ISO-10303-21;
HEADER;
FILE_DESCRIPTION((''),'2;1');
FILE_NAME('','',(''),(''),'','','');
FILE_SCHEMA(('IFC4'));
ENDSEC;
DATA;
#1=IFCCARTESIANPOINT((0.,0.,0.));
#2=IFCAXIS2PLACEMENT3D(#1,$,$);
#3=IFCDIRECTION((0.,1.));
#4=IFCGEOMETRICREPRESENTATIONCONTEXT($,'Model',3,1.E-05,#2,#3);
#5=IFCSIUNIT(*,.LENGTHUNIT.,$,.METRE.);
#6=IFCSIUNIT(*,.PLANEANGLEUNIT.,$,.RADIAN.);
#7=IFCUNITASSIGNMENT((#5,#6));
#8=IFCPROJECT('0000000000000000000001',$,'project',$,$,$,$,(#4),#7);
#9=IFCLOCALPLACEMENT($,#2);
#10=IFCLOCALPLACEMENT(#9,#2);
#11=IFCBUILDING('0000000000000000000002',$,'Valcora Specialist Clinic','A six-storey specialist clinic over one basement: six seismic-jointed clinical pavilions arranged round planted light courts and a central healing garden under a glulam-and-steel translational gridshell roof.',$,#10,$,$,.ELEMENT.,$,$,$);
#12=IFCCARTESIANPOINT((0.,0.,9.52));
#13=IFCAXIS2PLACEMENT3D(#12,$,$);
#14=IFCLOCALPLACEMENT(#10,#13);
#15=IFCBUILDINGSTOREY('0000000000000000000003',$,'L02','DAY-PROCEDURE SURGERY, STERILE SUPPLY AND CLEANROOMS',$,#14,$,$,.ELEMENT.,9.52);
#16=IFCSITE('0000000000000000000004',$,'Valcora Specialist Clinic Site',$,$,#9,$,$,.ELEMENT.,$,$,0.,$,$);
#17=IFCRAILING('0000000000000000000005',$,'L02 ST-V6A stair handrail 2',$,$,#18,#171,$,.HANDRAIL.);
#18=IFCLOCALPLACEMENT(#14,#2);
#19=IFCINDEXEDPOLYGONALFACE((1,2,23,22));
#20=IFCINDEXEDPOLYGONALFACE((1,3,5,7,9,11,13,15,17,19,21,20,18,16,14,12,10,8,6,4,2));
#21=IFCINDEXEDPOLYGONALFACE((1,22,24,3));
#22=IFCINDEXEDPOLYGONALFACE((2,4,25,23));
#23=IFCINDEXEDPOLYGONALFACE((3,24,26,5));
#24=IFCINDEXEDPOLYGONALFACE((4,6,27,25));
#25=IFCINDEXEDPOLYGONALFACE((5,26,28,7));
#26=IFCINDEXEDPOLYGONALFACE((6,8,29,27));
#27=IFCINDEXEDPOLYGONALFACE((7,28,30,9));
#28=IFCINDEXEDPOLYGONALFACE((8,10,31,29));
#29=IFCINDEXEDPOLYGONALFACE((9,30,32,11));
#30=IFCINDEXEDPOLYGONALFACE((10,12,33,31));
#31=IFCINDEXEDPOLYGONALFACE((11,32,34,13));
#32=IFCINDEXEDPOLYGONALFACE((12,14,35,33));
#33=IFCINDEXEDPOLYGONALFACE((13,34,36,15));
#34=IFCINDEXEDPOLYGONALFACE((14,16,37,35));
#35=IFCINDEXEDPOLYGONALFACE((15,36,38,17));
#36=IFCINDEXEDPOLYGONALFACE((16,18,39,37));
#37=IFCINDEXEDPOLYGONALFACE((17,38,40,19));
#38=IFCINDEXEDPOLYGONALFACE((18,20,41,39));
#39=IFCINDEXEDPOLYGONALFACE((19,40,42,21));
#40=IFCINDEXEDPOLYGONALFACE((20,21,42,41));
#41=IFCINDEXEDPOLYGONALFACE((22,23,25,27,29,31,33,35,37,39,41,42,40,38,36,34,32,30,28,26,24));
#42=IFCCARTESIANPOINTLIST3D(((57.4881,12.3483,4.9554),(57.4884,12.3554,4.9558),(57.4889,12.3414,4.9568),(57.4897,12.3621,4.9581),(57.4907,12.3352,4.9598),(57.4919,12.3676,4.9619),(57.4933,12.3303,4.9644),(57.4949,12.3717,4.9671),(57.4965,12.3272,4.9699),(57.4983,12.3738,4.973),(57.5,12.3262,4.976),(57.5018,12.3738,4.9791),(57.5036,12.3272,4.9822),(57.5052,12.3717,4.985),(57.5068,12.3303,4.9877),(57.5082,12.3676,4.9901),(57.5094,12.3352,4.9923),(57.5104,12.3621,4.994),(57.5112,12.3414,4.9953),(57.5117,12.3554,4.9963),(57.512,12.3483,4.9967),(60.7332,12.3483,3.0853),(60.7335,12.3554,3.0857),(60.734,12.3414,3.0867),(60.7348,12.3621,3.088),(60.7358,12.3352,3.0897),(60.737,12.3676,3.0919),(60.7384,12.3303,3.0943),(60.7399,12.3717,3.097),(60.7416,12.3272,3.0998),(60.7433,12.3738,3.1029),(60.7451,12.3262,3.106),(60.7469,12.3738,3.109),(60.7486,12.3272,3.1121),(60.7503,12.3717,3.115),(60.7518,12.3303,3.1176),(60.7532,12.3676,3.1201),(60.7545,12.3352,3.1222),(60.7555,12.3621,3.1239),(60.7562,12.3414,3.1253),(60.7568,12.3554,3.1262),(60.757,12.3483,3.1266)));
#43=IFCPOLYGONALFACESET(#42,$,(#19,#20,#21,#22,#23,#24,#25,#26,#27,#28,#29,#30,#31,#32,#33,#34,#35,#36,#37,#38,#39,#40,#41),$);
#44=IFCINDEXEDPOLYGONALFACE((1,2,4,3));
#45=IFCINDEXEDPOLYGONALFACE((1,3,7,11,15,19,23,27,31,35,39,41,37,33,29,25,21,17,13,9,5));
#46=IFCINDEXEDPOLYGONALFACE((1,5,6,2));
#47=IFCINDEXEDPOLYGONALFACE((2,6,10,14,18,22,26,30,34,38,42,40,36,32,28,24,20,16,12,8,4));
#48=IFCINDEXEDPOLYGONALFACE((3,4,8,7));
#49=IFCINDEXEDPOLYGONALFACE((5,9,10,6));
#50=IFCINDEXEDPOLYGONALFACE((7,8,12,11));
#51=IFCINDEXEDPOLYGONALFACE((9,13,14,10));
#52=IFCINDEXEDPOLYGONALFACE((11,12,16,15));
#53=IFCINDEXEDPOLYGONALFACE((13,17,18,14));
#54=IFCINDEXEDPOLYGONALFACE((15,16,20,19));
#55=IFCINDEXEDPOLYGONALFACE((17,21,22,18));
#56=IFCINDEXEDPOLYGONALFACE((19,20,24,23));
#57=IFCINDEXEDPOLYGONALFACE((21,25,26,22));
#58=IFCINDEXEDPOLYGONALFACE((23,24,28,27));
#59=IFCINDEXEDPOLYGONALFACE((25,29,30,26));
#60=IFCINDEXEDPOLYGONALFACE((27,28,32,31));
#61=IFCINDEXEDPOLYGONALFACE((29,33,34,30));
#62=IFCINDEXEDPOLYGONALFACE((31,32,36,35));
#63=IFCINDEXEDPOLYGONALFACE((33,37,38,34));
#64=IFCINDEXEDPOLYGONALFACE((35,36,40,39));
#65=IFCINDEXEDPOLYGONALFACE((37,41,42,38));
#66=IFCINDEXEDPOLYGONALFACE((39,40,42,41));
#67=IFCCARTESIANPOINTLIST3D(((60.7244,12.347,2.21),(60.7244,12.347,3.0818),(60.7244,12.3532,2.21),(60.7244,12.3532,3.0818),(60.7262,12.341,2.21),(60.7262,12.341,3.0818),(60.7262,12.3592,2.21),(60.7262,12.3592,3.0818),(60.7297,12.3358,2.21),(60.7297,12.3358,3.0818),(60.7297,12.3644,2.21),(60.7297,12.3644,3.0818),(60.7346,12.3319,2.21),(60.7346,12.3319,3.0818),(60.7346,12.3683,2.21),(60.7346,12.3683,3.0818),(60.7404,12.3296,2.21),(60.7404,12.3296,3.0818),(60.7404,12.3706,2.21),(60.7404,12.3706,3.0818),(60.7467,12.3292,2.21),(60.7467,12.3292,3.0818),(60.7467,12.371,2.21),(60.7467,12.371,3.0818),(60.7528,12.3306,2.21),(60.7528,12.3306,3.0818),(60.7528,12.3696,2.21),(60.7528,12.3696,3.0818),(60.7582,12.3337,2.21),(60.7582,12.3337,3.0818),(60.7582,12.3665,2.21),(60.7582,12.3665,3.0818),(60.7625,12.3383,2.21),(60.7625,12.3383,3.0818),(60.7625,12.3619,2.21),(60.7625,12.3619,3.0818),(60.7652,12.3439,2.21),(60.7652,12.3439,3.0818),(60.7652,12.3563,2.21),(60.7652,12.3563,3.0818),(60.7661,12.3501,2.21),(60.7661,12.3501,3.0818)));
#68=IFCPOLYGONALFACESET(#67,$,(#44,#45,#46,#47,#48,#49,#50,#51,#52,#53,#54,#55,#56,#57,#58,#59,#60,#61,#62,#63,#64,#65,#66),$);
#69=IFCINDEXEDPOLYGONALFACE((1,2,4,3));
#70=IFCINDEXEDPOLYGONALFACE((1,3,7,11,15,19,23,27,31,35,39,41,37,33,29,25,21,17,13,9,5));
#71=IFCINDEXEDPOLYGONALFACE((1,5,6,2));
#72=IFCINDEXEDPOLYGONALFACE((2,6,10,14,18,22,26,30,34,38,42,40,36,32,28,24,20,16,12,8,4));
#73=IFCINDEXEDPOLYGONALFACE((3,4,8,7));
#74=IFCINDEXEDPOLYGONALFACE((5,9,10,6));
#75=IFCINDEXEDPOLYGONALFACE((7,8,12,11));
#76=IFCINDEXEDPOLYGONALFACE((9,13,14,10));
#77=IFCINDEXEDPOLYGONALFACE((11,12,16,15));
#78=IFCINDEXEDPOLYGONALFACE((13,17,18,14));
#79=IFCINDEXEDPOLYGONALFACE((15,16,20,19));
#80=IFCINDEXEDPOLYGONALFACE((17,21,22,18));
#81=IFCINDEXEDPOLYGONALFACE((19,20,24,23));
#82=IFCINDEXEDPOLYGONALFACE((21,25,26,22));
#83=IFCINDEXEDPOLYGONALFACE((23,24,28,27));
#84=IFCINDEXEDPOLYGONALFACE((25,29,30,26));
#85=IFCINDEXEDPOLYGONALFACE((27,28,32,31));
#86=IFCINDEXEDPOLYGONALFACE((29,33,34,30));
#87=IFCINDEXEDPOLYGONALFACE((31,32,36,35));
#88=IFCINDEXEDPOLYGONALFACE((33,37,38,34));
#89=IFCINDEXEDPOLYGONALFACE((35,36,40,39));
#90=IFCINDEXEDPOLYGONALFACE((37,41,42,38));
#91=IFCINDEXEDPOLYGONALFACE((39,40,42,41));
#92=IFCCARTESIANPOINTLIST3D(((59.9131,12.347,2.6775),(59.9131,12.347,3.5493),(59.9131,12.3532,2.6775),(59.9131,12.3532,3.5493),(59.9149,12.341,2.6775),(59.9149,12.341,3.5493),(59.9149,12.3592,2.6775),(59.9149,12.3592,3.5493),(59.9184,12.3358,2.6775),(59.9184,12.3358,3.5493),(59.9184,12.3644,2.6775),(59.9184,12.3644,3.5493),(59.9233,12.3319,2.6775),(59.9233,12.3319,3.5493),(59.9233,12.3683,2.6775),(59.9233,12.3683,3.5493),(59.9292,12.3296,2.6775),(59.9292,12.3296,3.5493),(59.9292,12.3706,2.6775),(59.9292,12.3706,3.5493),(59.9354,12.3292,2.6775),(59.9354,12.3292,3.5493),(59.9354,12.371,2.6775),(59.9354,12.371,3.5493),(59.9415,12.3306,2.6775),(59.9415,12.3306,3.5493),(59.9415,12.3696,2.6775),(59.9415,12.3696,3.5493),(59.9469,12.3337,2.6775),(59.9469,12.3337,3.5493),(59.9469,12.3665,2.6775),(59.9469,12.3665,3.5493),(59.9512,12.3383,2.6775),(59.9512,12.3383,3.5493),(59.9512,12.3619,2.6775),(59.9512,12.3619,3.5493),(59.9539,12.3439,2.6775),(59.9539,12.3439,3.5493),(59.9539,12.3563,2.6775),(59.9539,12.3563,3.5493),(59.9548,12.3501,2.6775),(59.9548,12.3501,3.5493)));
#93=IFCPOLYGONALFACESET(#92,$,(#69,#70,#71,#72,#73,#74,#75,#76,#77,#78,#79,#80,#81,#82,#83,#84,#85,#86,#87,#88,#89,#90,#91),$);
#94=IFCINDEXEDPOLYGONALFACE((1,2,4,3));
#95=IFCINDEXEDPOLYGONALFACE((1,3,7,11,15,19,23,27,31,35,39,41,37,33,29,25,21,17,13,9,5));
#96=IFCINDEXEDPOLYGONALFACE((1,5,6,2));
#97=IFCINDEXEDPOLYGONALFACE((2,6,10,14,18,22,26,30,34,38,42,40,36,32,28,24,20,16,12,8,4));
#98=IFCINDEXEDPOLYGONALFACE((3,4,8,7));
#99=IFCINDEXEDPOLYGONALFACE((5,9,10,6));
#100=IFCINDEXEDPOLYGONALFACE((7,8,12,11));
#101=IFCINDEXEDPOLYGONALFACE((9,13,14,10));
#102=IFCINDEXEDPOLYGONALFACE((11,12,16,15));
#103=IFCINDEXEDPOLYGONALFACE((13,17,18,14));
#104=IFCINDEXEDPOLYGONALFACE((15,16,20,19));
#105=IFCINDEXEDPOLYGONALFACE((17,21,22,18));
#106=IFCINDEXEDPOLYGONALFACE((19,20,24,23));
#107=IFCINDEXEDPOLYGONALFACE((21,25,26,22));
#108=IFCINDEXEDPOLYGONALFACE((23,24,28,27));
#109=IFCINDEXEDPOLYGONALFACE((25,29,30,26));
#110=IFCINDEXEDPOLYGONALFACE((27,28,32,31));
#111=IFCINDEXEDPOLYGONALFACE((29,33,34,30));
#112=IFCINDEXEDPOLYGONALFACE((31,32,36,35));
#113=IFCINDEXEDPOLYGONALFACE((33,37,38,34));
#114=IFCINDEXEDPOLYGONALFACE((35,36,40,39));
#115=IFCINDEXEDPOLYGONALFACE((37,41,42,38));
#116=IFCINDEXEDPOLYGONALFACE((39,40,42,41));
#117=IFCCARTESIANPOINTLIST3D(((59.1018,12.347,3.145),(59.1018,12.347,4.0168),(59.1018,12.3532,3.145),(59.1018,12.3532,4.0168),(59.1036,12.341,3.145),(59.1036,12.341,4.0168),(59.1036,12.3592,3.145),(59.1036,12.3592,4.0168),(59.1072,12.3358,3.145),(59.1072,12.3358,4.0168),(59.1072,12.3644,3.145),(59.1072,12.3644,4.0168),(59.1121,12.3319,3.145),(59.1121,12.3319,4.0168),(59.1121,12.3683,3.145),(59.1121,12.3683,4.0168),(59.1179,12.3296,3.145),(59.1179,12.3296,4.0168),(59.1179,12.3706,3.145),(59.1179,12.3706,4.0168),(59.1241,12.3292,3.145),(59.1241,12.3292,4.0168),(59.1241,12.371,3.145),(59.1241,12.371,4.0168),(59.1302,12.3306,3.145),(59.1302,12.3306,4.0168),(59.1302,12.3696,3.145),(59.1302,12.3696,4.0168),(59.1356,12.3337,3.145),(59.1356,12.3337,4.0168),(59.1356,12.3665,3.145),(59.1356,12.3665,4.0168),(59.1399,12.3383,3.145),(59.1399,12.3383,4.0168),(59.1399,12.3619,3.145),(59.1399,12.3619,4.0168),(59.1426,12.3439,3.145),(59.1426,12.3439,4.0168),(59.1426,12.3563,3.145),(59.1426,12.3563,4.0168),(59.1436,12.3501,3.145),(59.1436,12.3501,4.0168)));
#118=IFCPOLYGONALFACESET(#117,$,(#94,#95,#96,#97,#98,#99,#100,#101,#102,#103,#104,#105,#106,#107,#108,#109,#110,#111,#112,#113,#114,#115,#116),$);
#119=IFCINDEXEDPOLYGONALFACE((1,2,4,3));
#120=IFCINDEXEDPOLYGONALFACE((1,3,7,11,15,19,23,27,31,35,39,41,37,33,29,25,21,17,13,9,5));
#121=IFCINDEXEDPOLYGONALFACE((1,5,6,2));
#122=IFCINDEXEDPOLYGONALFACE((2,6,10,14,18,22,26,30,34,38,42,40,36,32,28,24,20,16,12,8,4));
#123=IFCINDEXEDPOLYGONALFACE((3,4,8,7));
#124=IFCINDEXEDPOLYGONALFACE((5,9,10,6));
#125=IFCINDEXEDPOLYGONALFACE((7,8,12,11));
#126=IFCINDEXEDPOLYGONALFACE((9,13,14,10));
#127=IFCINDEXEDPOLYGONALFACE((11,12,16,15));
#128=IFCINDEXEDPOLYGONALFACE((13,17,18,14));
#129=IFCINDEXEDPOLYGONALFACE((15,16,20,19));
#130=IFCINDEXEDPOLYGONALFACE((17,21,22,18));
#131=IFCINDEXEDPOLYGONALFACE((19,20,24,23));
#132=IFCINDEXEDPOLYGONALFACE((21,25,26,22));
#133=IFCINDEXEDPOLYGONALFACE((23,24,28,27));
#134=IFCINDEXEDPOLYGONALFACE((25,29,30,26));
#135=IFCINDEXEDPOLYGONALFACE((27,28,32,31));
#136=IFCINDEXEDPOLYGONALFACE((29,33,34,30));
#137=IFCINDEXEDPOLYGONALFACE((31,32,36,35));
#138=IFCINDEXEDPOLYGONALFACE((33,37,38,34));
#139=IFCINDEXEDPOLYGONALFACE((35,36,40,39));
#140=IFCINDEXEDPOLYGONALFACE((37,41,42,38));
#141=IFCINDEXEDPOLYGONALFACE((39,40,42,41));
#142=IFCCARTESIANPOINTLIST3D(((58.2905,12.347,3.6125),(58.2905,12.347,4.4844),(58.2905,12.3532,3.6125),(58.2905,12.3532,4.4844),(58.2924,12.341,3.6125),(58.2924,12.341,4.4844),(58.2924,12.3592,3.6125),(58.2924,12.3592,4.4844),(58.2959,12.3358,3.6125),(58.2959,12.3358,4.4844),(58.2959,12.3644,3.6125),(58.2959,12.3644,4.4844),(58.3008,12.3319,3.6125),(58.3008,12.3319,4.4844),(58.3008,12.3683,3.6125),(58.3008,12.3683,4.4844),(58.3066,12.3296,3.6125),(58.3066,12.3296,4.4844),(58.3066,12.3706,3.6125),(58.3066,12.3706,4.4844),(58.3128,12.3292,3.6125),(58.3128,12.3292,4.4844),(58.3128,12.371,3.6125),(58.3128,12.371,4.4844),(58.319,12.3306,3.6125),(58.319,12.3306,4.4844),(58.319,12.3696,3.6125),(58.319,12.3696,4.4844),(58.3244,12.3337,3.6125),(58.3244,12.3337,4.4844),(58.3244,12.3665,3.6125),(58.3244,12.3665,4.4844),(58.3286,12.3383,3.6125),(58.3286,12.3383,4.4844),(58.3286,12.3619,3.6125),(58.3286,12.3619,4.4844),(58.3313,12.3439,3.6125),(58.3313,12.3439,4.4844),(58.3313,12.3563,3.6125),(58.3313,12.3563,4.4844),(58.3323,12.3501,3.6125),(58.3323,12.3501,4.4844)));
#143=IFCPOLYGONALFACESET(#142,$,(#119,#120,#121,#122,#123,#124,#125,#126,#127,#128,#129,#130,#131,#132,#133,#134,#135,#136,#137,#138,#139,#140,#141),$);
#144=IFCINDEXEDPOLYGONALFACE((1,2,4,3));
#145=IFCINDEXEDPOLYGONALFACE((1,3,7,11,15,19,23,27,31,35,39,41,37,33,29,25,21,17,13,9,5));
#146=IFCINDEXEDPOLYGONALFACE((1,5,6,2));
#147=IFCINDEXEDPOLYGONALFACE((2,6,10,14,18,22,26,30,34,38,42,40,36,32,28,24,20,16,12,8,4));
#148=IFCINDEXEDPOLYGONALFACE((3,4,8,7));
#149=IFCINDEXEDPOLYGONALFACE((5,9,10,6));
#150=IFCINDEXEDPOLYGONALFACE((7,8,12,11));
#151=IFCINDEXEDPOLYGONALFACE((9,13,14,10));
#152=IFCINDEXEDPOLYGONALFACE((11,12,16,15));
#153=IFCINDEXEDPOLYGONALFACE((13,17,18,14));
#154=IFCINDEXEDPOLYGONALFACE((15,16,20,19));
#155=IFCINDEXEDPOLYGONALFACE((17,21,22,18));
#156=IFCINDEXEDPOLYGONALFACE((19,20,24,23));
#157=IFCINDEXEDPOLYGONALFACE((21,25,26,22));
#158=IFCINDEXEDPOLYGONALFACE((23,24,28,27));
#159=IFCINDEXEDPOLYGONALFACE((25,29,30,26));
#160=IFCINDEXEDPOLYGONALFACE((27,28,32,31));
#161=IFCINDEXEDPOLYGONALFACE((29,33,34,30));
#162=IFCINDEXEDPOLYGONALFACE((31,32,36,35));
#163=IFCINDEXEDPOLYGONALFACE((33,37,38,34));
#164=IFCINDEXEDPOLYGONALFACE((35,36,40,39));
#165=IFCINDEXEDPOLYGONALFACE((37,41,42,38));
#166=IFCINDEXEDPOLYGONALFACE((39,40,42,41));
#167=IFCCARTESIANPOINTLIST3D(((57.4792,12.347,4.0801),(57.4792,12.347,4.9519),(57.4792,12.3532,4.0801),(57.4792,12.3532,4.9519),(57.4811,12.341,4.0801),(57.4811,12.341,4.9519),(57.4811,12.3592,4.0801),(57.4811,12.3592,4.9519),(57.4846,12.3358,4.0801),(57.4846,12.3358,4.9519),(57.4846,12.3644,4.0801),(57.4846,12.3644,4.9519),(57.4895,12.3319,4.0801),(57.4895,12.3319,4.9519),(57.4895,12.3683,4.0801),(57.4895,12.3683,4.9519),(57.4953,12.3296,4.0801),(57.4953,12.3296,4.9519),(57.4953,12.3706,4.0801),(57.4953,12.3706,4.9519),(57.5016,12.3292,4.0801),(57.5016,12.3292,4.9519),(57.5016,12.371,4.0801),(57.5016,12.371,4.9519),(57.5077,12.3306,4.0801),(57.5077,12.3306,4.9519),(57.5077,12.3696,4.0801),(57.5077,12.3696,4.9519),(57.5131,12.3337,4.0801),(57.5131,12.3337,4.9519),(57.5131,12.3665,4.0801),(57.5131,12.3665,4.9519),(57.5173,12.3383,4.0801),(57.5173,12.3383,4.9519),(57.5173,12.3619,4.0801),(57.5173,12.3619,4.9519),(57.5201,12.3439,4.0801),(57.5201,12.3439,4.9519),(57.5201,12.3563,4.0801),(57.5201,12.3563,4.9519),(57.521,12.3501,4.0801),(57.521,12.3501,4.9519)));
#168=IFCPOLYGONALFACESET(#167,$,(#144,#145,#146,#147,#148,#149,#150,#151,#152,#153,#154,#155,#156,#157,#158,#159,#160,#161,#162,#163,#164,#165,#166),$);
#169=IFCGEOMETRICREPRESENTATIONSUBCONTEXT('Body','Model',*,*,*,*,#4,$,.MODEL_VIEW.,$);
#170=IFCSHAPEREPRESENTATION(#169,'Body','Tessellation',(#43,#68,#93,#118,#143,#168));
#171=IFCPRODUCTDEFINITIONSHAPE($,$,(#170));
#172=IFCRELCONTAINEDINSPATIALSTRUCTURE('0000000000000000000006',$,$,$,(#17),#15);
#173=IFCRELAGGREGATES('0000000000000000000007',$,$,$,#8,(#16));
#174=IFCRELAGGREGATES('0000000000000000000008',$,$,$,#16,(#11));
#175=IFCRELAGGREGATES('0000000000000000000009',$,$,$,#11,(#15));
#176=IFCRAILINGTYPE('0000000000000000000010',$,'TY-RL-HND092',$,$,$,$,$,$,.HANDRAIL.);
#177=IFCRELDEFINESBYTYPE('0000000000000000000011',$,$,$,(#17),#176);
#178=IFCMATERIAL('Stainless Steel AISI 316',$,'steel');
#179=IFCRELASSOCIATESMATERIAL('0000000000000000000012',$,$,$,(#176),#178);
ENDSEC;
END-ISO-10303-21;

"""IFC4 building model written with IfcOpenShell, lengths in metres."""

from ifc_helpers import new_model, si_unit, direction, frame, origin, origin_2d, place, context, subcontext, project, spatial, circle, extrude, material, type_object, element, save


model = new_model("IFC4")

# Units and contexts
model_context = context("Model", 3, precision=1e-05, world=origin(), true_north=direction((0.0, 1.0)))
body_context = subcontext(model_context, "Body", "Model", "MODEL_VIEW")
ifc_project = project(units=[si_unit("LENGTHUNIT", "METRE"), si_unit("PLANEANGLEUNIT", "RADIAN")], contexts=[model_context])

# Site, building, storey
site_placement = place(None, origin())
site = spatial("IfcSite", under=ifc_project, at=site_placement, Name="Valcora Specialist Clinic Site", CompositionType="ELEMENT", RefElevation=0.0)
building_placement = place(site_placement, origin())
building = spatial("IfcBuilding", under=site, at=building_placement, Name="Valcora Specialist Clinic", Description="A six-storey specialist clinic over one basement: six seismic-jointed clinical pavilions arranged round planted light courts and a central healing garden under a glulam-and-steel translational gridshell roof.", CompositionType="ELEMENT")
storey_placement = place(building_placement, frame((0.0, 0.0, 9.52)))
storey = spatial("IfcBuildingStorey", under=building, at=storey_placement, Name="L02", Description="DAY-PROCEDURE SURGERY, STERILE SUPPLY AND CLEANROOMS", CompositionType="ELEMENT", Elevation=9.52)

# Railing
ifc_material_1 = material(Name="Stainless Steel AISI 316", Category="steel")
railing_type_1 = type_object("IfcRailingType", Name="TY-RL-HND092", PredefinedType="HANDRAIL", material=ifc_material_1)
railing_1_placement = place(storey_placement, frame((60.7451, 12.3501, 2.21)))
element("IfcRailing", 1, at=railing_1_placement, inside=storey, type_object=railing_type_1, Name="L02 ST-V6A stair handrail 2", PredefinedType="HANDRAIL", context=body_context, shape_type="SweptSolid", body=[
    extrude(circle(Radius=0.0239, at=origin_2d()), frame((0.0, 0.0, 0.896), z_axis=(-0.866424, 0.0, 0.499309), x_axis=(0.0, -1.0, 0.0)), (0.0, 0.0, 1.0), 3.7454),
    extrude(circle(Radius=0.021, at=origin_2d()), origin(), (0.0, 0.0, 1.0), 0.8718),
    extrude(circle(Radius=0.021, at=origin_2d()), frame((-0.8113, 0.0, 0.4675)), (0.0, 0.0, 1.0), 0.8718),
    extrude(circle(Radius=0.021, at=origin_2d()), frame((-1.6226, 0.0, 0.9351)), (0.0, 0.0, 1.0), 0.8718),
    extrude(circle(Radius=0.021, at=origin_2d()), frame((-2.4338, 0.0, 1.4026)), (0.0, 0.0, 1.0), 0.8718),
    extrude(circle(Radius=0.021, at=origin_2d()), frame((-3.2451, 0.0, 1.8701)), (0.0, 0.0, 1.0), 0.8718),
])

save(model, "model.ifc")
